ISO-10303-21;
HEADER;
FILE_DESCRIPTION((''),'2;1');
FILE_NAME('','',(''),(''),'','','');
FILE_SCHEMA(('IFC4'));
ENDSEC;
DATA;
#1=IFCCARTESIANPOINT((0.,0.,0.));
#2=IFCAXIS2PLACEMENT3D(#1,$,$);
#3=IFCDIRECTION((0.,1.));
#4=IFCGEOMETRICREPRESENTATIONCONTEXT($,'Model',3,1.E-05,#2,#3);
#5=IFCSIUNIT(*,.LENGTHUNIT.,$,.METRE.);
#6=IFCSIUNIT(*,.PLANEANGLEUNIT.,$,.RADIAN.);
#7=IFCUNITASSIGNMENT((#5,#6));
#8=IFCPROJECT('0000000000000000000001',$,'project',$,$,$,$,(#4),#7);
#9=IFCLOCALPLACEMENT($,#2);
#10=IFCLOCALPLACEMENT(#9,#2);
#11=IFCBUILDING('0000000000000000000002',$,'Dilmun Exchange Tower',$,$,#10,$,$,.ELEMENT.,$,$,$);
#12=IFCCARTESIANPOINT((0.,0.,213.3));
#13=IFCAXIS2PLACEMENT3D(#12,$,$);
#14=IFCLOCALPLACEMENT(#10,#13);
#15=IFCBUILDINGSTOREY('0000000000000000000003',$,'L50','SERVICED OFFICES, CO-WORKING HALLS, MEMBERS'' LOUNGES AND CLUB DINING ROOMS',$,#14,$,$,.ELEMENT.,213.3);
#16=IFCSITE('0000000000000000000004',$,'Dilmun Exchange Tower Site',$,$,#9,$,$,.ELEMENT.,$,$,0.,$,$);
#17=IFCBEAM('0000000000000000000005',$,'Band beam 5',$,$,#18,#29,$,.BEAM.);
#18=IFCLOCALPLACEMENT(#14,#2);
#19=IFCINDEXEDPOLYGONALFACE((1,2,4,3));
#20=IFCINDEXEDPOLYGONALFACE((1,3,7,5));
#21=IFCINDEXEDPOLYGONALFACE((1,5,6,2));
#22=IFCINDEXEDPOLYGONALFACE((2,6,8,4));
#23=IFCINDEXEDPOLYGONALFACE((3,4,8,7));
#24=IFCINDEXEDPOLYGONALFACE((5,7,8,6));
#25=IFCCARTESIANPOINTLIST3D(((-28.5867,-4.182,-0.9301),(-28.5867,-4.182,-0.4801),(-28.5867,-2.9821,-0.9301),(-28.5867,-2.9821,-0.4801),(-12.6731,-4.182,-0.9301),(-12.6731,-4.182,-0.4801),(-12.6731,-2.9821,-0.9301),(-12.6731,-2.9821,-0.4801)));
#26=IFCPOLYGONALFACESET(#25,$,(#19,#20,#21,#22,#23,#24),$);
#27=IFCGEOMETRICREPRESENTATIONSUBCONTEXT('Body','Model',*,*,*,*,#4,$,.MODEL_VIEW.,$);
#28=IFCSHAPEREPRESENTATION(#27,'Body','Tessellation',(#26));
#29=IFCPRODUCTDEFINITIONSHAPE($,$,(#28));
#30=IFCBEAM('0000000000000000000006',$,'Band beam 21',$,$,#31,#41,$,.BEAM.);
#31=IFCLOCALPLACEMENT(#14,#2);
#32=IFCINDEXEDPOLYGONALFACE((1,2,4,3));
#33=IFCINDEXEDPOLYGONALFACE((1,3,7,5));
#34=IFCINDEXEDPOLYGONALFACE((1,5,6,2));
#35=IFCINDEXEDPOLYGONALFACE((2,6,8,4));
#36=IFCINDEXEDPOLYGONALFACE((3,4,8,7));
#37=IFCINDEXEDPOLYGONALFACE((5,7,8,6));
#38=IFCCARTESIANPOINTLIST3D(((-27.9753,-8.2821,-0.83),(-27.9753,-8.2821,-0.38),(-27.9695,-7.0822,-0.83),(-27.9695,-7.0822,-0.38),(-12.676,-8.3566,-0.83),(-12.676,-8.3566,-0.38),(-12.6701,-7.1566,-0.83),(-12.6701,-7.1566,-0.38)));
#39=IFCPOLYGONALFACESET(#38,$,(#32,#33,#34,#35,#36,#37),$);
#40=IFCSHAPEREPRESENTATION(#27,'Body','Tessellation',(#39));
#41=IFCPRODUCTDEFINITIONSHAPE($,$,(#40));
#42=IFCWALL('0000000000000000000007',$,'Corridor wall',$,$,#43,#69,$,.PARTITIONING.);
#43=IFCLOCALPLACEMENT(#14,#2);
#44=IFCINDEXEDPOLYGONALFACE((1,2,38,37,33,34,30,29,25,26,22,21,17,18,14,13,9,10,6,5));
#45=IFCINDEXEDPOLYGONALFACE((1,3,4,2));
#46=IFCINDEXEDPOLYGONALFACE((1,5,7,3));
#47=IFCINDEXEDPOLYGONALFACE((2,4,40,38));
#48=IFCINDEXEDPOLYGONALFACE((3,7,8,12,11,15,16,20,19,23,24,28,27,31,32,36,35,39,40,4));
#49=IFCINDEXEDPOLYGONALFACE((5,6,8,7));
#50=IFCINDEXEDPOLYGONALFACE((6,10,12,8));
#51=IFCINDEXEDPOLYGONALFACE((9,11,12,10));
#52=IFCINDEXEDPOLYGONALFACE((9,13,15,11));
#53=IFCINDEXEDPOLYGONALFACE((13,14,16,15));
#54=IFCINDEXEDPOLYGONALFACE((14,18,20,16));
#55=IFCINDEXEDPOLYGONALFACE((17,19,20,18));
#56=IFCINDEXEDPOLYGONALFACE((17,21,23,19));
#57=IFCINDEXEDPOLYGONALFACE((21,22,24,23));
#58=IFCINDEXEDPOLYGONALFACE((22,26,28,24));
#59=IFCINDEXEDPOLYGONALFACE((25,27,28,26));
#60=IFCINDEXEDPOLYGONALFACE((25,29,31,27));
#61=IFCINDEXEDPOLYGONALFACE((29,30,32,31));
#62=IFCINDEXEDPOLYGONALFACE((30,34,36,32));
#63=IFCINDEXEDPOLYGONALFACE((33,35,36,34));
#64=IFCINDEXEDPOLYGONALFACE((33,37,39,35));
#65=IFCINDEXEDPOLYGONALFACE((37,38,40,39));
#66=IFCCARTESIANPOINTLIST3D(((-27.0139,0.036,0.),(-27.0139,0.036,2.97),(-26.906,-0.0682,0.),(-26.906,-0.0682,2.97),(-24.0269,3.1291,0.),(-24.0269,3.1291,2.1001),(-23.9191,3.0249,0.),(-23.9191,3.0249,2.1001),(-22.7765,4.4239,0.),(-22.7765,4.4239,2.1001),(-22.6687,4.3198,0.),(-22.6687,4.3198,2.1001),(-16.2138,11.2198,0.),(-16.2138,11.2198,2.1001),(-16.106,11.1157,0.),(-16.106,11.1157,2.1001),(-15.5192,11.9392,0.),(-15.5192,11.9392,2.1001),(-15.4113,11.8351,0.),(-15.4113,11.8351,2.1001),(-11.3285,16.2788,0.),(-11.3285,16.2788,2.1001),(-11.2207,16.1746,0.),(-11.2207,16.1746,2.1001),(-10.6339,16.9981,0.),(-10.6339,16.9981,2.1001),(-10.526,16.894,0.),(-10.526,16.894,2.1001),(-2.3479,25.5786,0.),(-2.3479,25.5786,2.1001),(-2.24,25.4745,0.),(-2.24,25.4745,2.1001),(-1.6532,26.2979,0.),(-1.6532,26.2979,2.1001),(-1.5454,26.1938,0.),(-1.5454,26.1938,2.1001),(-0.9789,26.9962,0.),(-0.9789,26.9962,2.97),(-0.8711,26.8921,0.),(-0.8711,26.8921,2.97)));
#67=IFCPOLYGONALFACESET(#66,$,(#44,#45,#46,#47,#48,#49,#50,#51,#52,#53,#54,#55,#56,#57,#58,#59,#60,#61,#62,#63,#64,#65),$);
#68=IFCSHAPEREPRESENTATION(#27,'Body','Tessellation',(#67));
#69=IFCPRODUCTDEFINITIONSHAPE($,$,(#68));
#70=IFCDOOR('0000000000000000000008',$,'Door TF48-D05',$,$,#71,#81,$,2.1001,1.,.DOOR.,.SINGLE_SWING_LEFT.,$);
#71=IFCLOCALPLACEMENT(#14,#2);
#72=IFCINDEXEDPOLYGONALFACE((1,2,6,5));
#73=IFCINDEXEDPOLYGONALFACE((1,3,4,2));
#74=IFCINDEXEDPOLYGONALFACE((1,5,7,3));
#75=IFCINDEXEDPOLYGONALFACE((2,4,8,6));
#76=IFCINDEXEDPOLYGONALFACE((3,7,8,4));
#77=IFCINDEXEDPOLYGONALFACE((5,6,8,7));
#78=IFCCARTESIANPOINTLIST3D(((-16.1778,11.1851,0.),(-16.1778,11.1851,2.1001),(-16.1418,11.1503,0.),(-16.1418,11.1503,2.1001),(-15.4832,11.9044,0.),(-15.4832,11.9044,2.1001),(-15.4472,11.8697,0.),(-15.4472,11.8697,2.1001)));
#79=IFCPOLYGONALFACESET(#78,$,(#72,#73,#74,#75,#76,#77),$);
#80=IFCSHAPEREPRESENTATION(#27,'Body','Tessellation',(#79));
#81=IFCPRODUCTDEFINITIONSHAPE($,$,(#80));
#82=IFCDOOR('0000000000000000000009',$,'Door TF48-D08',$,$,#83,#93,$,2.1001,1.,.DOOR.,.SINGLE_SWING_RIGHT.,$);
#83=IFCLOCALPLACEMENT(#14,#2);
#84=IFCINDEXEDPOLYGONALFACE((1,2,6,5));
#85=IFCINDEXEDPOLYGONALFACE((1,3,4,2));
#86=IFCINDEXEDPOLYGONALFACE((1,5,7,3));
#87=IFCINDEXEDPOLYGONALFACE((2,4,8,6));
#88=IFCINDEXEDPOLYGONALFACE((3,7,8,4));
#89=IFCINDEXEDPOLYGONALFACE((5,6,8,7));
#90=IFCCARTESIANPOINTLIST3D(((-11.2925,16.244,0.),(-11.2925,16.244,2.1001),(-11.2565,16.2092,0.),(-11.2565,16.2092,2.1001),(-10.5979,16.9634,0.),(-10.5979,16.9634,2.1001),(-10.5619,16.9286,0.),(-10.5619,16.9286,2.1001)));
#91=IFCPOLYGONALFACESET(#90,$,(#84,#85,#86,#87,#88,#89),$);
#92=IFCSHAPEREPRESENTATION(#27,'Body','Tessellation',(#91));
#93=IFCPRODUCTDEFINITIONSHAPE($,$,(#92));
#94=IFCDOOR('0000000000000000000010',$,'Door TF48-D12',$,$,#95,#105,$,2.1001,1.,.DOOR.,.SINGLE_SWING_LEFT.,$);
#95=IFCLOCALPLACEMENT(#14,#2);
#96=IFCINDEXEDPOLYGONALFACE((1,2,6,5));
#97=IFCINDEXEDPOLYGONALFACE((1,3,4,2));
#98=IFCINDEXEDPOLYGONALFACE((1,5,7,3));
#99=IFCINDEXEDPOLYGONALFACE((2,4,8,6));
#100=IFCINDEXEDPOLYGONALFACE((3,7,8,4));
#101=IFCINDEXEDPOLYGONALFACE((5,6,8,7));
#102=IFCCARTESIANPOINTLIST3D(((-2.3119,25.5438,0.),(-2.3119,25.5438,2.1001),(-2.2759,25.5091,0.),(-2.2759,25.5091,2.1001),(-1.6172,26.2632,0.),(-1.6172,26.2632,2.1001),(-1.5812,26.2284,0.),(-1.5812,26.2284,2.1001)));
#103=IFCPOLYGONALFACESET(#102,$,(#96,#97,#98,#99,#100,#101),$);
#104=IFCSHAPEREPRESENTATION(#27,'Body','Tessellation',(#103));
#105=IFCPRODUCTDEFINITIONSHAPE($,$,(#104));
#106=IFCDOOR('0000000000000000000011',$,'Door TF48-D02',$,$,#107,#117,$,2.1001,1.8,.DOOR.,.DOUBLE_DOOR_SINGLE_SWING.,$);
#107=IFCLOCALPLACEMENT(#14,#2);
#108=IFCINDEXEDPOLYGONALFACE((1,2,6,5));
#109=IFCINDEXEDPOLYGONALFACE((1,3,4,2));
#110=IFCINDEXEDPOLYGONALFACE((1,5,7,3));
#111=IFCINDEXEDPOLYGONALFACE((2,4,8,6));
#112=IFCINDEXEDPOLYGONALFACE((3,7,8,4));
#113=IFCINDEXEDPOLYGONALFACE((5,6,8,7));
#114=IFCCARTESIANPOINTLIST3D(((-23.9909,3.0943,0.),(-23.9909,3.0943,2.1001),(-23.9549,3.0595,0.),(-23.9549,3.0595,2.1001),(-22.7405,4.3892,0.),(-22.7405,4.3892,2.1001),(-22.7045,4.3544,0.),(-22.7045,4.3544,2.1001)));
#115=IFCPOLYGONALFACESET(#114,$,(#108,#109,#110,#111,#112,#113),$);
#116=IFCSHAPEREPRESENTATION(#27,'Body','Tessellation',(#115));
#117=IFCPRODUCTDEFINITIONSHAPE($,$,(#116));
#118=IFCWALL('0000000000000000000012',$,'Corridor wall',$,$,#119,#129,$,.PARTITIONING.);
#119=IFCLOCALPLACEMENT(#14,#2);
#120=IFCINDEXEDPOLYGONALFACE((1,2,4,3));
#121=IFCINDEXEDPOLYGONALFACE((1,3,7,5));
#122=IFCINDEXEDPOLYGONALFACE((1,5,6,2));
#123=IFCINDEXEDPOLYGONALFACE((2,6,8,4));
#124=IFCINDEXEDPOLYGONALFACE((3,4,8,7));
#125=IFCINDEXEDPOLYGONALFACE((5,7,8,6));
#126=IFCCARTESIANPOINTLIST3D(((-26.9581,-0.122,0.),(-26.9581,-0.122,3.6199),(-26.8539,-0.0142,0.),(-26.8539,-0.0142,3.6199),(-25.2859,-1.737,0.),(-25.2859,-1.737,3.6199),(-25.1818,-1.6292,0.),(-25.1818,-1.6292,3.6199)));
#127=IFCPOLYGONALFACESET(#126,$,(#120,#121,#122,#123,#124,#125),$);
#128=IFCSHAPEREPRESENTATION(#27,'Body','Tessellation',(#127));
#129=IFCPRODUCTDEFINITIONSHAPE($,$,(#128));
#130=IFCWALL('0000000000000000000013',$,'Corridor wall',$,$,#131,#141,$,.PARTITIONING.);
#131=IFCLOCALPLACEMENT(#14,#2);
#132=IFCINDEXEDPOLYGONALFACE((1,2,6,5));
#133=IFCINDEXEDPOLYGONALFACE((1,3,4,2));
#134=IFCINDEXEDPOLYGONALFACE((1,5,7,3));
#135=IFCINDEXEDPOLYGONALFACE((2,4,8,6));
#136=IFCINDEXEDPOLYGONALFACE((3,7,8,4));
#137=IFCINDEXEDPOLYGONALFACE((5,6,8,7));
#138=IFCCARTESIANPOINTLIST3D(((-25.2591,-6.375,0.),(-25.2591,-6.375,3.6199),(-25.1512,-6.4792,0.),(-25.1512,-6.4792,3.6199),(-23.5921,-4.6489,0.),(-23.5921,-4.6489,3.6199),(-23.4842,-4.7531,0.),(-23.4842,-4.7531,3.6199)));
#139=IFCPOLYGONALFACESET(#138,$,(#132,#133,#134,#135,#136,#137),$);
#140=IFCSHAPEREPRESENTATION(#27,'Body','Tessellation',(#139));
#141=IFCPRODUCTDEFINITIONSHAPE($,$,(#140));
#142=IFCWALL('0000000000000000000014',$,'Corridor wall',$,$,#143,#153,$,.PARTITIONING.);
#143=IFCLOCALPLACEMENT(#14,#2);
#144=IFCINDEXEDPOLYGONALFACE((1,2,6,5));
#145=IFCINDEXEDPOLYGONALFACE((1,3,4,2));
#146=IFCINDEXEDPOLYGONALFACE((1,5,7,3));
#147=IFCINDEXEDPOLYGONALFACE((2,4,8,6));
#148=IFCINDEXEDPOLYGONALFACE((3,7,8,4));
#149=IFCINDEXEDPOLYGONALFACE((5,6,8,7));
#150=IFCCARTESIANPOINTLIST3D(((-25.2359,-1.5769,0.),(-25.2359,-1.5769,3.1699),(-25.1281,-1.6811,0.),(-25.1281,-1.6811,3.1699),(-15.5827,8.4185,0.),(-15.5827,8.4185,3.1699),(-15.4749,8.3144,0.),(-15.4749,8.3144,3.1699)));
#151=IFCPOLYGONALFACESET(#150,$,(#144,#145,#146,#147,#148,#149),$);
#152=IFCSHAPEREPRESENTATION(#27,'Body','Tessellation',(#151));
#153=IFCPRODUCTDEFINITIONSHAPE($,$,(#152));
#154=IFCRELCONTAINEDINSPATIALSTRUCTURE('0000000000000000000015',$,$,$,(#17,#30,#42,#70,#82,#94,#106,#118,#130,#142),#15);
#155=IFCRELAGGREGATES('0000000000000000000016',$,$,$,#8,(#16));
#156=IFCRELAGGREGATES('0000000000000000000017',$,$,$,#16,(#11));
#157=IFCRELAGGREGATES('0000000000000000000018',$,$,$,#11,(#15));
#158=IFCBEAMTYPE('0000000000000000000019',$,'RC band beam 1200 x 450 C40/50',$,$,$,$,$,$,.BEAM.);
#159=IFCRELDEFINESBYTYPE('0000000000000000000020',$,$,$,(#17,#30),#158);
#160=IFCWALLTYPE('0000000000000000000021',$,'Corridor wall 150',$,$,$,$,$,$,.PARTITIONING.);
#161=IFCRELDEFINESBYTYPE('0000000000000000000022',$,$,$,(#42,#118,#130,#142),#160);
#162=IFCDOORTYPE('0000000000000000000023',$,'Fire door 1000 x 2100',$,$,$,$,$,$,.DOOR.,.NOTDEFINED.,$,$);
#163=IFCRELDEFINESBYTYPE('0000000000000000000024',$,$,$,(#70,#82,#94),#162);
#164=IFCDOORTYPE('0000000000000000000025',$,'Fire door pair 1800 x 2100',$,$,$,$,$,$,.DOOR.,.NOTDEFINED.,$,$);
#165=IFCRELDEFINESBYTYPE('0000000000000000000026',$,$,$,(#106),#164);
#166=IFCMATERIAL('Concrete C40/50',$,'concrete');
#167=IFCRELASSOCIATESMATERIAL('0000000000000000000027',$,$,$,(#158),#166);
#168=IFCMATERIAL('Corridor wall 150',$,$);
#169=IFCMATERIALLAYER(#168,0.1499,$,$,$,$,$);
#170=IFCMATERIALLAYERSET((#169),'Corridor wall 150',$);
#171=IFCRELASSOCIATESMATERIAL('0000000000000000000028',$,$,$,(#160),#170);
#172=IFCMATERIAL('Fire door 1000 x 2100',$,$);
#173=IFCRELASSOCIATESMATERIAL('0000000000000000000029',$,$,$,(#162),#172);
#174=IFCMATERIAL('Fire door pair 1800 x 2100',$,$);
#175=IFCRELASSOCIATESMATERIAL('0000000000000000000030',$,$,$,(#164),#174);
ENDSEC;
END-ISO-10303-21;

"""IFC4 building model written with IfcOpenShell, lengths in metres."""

from ifc_helpers import new_model, si_unit, direction, frame, frame_2d, origin, origin_2d, place, context, subcontext, project, spatial, rectangle, extrude, material, layer, layer_set, material_profile, profile_set, type_object, element, fill, save


model = new_model("IFC4")

# Units and contexts
model_context = context("Model", 3, precision=1e-05, world=origin(), true_north=direction((0.0, 1.0)))
body_context = subcontext(model_context, "Body", "Model", "MODEL_VIEW")
ifc_project = project(units=[si_unit("LENGTHUNIT", "METRE"), si_unit("PLANEANGLEUNIT", "RADIAN")], contexts=[model_context])

# Site, building, storey
site_placement = place(None, origin())
site = spatial("IfcSite", under=ifc_project, at=site_placement, Name="Dilmun Exchange Tower Site", CompositionType="ELEMENT", RefElevation=0.0)
building_placement = place(site_placement, origin())
building = spatial("IfcBuilding", under=site, at=building_placement, Name="Dilmun Exchange Tower", CompositionType="ELEMENT")
storey_placement = place(building_placement, frame((0.0, 0.0, 213.3)))
storey = spatial("IfcBuildingStorey", under=building, at=storey_placement, Name="L50", Description="SERVICED OFFICES, CO-WORKING HALLS, MEMBERS' LOUNGES AND CLUB DINING ROOMS", CompositionType="ELEMENT", Elevation=213.3)

# Beams
ifc_material_1 = material(Name="Concrete C40/50", Category="concrete")
ifc_material_profile = material_profile(ifc_material_1, rectangle(XDim=1.2, YDim=0.45, at=origin_2d()), Name="1200 x 450")
ifc_profile_set = profile_set([ifc_material_profile], Name="Concrete C40/50")
beam_type = type_object("IfcBeamType", Name="RC band beam 1200 x 450 C40/50", PredefinedType="BEAM", material=ifc_profile_set)
beam_1_placement = place(storey_placement, frame((-28.5867, -3.582, -0.7051), z_axis=(1.0, 0.0, 0.0), x_axis=(0.0, 1.0, 0.0)))
element("IfcBeam", 1, at=beam_1_placement, inside=storey, type_object=beam_type, Name="Band beam 5", PredefinedType="BEAM", context=body_context, shape_type="SweptSolid", body=[
    extrude(rectangle(XDim=1.2, YDim=0.45, at=origin_2d()), origin(), (0.0, 0.0, 1.0), 15.9136),
])
beam_2_placement = place(storey_placement, frame((-27.9724, -7.6821, -0.605), z_axis=(0.999988, -0.004867, 0.0), x_axis=(0.004867, 0.999988, 0.0)))
element("IfcBeam", 2, at=beam_2_placement, inside=storey, type_object=beam_type, Name="Band beam 21", PredefinedType="BEAM", context=body_context, shape_type="SweptSolid", body=[
    extrude(rectangle(XDim=1.2, YDim=0.45, at=origin_2d()), origin(), (0.0, 0.0, 1.0), 15.2996),
])

# Wall, openings, doors
ifc_material_2 = material(Name="Corridor wall 150")
ifc_layer = layer(ifc_material_2, 0.1499)
ifc_layer_set = layer_set([ifc_layer], Name="Corridor wall 150")
wall_type = type_object("IfcWallType", Name="Corridor wall 150", PredefinedType="PARTITIONING", material=ifc_layer_set)
wall_1_placement = place(storey_placement, frame((-26.96, -0.0161, 0.0), z_axis=(0.0, 0.0, 1.0), x_axis=(0.694655, 0.719343, 0.0)))
wall_1 = element("IfcWall", 3, at=wall_1_placement, inside=storey, type_object=wall_type, Name="Corridor wall", PredefinedType="PARTITIONING", context=body_context, shape_type="SweptSolid", body=[
    extrude(rectangle(XDim=37.479, YDim=0.1499, at=frame_2d((18.7395, 0.0))), origin(), (0.0, 0.0, 1.0), 2.97),
])
opening_1_placement = place(wall_1_placement, frame((4.3, 0.0, 0.0)))
opening_1 = element("IfcOpeningElement", 4, at=opening_1_placement, cuts=wall_1, PredefinedType="OPENING", context=body_context, shape_type="SweptSolid", body=[
    extrude(rectangle(XDim=1.8, YDim=2.1001, at=frame_2d((0.8999, 1.05))), frame((0.0, 0.085, 0.0), z_axis=(0.0, -1.0, 0.0), x_axis=(1.0, 0.0, 0.0)), (0.0, 0.0, 1.0), 0.1699),
])
opening_2_placement = place(wall_1_placement, frame((15.5474, 0.0, 0.0)))
opening_2 = element("IfcOpeningElement", 5, at=opening_2_placement, cuts=wall_1, PredefinedType="OPENING", context=body_context, shape_type="SweptSolid", body=[
    extrude(rectangle(XDim=1.0, YDim=2.1001, at=frame_2d((0.5, 1.05))), frame((0.0, 0.085, 0.0), z_axis=(0.0, -1.0, 0.0), x_axis=(1.0, 0.0, 0.0)), (0.0, 0.0, 1.0), 0.1699),
])
opening_3_placement = place(wall_1_placement, frame((22.5801, 0.0, 0.0)))
opening_3 = element("IfcOpeningElement", 6, at=opening_3_placement, cuts=wall_1, PredefinedType="OPENING", context=body_context, shape_type="SweptSolid", body=[
    extrude(rectangle(XDim=1.0, YDim=2.1001, at=frame_2d((0.5, 1.05))), frame((0.0, 0.085, 0.0), z_axis=(0.0, -1.0, 0.0), x_axis=(1.0, 0.0, 0.0)), (0.0, 0.0, 1.0), 0.1699),
])
opening_4_placement = place(wall_1_placement, frame((35.5083, 0.0, 0.0)))
opening_4 = element("IfcOpeningElement", 7, at=opening_4_placement, cuts=wall_1, PredefinedType="OPENING", context=body_context, shape_type="SweptSolid", body=[
    extrude(rectangle(XDim=1.0, YDim=2.1001, at=frame_2d((0.5, 1.05))), frame((0.0, 0.085, 0.0), z_axis=(0.0, -1.0, 0.0), x_axis=(1.0, 0.0, 0.0)), (0.0, 0.0, 1.0), 0.1699),
])
ifc_material_3 = material(Name="Fire door 1000 x 2100")
door_type_1 = type_object("IfcDoorType", Name="Fire door 1000 x 2100", OperationType="NOTDEFINED", PredefinedType="DOOR", material=ifc_material_3)
door_1_placement = place(opening_2_placement, origin())
door_1 = element("IfcDoor", 8, at=door_1_placement, inside=storey, type_object=door_type_1, Name="Door TF48-D05", OperationType="SINGLE_SWING_LEFT", OverallHeight=2.1001, OverallWidth=1.0, PredefinedType="DOOR", context=body_context, shape_type="SweptSolid", body=[
    extrude(rectangle(XDim=1.0, YDim=2.1001, at=frame_2d((0.5, 1.05))), frame((0.0, 0.0249, 0.0), z_axis=(0.0, -1.0, 0.0), x_axis=(1.0, 0.0, 0.0)), (0.0, 0.0, 1.0), 0.05),
])
fill(opening_2, door_1)
door_2_placement = place(opening_3_placement, origin())
door_2 = element("IfcDoor", 9, at=door_2_placement, inside=storey, type_object=door_type_1, Name="Door TF48-D08", OperationType="SINGLE_SWING_RIGHT", OverallHeight=2.1001, OverallWidth=1.0, PredefinedType="DOOR", context=body_context, shape_type="SweptSolid", body=[
    extrude(rectangle(XDim=1.0, YDim=2.1001, at=frame_2d((0.5, 1.05))), frame((0.0, 0.0249, 0.0), z_axis=(0.0, -1.0, 0.0), x_axis=(1.0, 0.0, 0.0)), (0.0, 0.0, 1.0), 0.05),
])
fill(opening_3, door_2)
door_3_placement = place(opening_4_placement, origin())
door_3 = element("IfcDoor", 10, at=door_3_placement, inside=storey, type_object=door_type_1, Name="Door TF48-D12", OperationType="SINGLE_SWING_LEFT", OverallHeight=2.1001, OverallWidth=1.0, PredefinedType="DOOR", context=body_context, shape_type="SweptSolid", body=[
    extrude(rectangle(XDim=1.0, YDim=2.1001, at=frame_2d((0.5, 1.05))), frame((0.0, 0.0249, 0.0), z_axis=(0.0, -1.0, 0.0), x_axis=(1.0, 0.0, 0.0)), (0.0, 0.0, 1.0), 0.05),
])
fill(opening_4, door_3)
ifc_material_4 = material(Name="Fire door pair 1800 x 2100")
door_type_2 = type_object("IfcDoorType", Name="Fire door pair 1800 x 2100", OperationType="NOTDEFINED", PredefinedType="DOOR", material=ifc_material_4)
door_4_placement = place(opening_1_placement, origin())
door_4 = element("IfcDoor", 11, at=door_4_placement, inside=storey, type_object=door_type_2, Name="Door TF48-D02", OperationType="DOUBLE_DOOR_SINGLE_SWING", OverallHeight=2.1001, OverallWidth=1.8, PredefinedType="DOOR", context=body_context, shape_type="SweptSolid", body=[
    extrude(rectangle(XDim=1.8, YDim=2.1001, at=frame_2d((0.8999, 1.05))), frame((0.0, 0.0249, 0.0), z_axis=(0.0, -1.0, 0.0), x_axis=(1.0, 0.0, 0.0)), (0.0, 0.0, 1.0), 0.05),
])
fill(opening_1, door_4)

# Walls
wall_2_placement = place(storey_placement, frame((-26.906, -0.0681, 0.0), z_axis=(0.0, 0.0, 1.0), x_axis=(0.719287, -0.694713, 0.0)))
element("IfcWall", 12, at=wall_2_placement, inside=storey, type_object=wall_type, Name="Corridor wall", PredefinedType="PARTITIONING", context=body_context, shape_type="SweptSolid", body=[
    extrude(rectangle(XDim=2.3247, YDim=0.1499, at=frame_2d((1.1624, 0.0))), origin(), (0.0, 0.0, 1.0), 3.6199),
])
wall_3_placement = place(storey_placement, frame((-25.2051, -6.427, 0.0), z_axis=(0.0, 0.0, 1.0), x_axis=(0.694689, 0.71931, 0.0)))
element("IfcWall", 13, at=wall_3_placement, inside=storey, type_object=wall_type, Name="Corridor wall", PredefinedType="PARTITIONING", context=body_context, shape_type="SweptSolid", body=[
    extrude(rectangle(XDim=2.3997, YDim=0.1499, at=frame_2d((1.1997, 0.0))), origin(), (0.0, 0.0, 1.0), 3.6199),
])
wall_4_placement = place(storey_placement, frame((-25.1819, -1.6289, 0.0), z_axis=(0.0, 0.0, 1.0), x_axis=(0.694683, 0.719316, 0.0)))
element("IfcWall", 14, at=wall_4_placement, inside=storey, type_object=wall_type, Name="Corridor wall", PredefinedType="PARTITIONING", context=body_context, shape_type="SweptSolid", body=[
    extrude(rectangle(XDim=13.8958, YDim=0.1499, at=frame_2d((6.9478, 0.0))), origin(), (0.0, 0.0, 1.0), 3.1699),
])

save(model, "model.ifc")
